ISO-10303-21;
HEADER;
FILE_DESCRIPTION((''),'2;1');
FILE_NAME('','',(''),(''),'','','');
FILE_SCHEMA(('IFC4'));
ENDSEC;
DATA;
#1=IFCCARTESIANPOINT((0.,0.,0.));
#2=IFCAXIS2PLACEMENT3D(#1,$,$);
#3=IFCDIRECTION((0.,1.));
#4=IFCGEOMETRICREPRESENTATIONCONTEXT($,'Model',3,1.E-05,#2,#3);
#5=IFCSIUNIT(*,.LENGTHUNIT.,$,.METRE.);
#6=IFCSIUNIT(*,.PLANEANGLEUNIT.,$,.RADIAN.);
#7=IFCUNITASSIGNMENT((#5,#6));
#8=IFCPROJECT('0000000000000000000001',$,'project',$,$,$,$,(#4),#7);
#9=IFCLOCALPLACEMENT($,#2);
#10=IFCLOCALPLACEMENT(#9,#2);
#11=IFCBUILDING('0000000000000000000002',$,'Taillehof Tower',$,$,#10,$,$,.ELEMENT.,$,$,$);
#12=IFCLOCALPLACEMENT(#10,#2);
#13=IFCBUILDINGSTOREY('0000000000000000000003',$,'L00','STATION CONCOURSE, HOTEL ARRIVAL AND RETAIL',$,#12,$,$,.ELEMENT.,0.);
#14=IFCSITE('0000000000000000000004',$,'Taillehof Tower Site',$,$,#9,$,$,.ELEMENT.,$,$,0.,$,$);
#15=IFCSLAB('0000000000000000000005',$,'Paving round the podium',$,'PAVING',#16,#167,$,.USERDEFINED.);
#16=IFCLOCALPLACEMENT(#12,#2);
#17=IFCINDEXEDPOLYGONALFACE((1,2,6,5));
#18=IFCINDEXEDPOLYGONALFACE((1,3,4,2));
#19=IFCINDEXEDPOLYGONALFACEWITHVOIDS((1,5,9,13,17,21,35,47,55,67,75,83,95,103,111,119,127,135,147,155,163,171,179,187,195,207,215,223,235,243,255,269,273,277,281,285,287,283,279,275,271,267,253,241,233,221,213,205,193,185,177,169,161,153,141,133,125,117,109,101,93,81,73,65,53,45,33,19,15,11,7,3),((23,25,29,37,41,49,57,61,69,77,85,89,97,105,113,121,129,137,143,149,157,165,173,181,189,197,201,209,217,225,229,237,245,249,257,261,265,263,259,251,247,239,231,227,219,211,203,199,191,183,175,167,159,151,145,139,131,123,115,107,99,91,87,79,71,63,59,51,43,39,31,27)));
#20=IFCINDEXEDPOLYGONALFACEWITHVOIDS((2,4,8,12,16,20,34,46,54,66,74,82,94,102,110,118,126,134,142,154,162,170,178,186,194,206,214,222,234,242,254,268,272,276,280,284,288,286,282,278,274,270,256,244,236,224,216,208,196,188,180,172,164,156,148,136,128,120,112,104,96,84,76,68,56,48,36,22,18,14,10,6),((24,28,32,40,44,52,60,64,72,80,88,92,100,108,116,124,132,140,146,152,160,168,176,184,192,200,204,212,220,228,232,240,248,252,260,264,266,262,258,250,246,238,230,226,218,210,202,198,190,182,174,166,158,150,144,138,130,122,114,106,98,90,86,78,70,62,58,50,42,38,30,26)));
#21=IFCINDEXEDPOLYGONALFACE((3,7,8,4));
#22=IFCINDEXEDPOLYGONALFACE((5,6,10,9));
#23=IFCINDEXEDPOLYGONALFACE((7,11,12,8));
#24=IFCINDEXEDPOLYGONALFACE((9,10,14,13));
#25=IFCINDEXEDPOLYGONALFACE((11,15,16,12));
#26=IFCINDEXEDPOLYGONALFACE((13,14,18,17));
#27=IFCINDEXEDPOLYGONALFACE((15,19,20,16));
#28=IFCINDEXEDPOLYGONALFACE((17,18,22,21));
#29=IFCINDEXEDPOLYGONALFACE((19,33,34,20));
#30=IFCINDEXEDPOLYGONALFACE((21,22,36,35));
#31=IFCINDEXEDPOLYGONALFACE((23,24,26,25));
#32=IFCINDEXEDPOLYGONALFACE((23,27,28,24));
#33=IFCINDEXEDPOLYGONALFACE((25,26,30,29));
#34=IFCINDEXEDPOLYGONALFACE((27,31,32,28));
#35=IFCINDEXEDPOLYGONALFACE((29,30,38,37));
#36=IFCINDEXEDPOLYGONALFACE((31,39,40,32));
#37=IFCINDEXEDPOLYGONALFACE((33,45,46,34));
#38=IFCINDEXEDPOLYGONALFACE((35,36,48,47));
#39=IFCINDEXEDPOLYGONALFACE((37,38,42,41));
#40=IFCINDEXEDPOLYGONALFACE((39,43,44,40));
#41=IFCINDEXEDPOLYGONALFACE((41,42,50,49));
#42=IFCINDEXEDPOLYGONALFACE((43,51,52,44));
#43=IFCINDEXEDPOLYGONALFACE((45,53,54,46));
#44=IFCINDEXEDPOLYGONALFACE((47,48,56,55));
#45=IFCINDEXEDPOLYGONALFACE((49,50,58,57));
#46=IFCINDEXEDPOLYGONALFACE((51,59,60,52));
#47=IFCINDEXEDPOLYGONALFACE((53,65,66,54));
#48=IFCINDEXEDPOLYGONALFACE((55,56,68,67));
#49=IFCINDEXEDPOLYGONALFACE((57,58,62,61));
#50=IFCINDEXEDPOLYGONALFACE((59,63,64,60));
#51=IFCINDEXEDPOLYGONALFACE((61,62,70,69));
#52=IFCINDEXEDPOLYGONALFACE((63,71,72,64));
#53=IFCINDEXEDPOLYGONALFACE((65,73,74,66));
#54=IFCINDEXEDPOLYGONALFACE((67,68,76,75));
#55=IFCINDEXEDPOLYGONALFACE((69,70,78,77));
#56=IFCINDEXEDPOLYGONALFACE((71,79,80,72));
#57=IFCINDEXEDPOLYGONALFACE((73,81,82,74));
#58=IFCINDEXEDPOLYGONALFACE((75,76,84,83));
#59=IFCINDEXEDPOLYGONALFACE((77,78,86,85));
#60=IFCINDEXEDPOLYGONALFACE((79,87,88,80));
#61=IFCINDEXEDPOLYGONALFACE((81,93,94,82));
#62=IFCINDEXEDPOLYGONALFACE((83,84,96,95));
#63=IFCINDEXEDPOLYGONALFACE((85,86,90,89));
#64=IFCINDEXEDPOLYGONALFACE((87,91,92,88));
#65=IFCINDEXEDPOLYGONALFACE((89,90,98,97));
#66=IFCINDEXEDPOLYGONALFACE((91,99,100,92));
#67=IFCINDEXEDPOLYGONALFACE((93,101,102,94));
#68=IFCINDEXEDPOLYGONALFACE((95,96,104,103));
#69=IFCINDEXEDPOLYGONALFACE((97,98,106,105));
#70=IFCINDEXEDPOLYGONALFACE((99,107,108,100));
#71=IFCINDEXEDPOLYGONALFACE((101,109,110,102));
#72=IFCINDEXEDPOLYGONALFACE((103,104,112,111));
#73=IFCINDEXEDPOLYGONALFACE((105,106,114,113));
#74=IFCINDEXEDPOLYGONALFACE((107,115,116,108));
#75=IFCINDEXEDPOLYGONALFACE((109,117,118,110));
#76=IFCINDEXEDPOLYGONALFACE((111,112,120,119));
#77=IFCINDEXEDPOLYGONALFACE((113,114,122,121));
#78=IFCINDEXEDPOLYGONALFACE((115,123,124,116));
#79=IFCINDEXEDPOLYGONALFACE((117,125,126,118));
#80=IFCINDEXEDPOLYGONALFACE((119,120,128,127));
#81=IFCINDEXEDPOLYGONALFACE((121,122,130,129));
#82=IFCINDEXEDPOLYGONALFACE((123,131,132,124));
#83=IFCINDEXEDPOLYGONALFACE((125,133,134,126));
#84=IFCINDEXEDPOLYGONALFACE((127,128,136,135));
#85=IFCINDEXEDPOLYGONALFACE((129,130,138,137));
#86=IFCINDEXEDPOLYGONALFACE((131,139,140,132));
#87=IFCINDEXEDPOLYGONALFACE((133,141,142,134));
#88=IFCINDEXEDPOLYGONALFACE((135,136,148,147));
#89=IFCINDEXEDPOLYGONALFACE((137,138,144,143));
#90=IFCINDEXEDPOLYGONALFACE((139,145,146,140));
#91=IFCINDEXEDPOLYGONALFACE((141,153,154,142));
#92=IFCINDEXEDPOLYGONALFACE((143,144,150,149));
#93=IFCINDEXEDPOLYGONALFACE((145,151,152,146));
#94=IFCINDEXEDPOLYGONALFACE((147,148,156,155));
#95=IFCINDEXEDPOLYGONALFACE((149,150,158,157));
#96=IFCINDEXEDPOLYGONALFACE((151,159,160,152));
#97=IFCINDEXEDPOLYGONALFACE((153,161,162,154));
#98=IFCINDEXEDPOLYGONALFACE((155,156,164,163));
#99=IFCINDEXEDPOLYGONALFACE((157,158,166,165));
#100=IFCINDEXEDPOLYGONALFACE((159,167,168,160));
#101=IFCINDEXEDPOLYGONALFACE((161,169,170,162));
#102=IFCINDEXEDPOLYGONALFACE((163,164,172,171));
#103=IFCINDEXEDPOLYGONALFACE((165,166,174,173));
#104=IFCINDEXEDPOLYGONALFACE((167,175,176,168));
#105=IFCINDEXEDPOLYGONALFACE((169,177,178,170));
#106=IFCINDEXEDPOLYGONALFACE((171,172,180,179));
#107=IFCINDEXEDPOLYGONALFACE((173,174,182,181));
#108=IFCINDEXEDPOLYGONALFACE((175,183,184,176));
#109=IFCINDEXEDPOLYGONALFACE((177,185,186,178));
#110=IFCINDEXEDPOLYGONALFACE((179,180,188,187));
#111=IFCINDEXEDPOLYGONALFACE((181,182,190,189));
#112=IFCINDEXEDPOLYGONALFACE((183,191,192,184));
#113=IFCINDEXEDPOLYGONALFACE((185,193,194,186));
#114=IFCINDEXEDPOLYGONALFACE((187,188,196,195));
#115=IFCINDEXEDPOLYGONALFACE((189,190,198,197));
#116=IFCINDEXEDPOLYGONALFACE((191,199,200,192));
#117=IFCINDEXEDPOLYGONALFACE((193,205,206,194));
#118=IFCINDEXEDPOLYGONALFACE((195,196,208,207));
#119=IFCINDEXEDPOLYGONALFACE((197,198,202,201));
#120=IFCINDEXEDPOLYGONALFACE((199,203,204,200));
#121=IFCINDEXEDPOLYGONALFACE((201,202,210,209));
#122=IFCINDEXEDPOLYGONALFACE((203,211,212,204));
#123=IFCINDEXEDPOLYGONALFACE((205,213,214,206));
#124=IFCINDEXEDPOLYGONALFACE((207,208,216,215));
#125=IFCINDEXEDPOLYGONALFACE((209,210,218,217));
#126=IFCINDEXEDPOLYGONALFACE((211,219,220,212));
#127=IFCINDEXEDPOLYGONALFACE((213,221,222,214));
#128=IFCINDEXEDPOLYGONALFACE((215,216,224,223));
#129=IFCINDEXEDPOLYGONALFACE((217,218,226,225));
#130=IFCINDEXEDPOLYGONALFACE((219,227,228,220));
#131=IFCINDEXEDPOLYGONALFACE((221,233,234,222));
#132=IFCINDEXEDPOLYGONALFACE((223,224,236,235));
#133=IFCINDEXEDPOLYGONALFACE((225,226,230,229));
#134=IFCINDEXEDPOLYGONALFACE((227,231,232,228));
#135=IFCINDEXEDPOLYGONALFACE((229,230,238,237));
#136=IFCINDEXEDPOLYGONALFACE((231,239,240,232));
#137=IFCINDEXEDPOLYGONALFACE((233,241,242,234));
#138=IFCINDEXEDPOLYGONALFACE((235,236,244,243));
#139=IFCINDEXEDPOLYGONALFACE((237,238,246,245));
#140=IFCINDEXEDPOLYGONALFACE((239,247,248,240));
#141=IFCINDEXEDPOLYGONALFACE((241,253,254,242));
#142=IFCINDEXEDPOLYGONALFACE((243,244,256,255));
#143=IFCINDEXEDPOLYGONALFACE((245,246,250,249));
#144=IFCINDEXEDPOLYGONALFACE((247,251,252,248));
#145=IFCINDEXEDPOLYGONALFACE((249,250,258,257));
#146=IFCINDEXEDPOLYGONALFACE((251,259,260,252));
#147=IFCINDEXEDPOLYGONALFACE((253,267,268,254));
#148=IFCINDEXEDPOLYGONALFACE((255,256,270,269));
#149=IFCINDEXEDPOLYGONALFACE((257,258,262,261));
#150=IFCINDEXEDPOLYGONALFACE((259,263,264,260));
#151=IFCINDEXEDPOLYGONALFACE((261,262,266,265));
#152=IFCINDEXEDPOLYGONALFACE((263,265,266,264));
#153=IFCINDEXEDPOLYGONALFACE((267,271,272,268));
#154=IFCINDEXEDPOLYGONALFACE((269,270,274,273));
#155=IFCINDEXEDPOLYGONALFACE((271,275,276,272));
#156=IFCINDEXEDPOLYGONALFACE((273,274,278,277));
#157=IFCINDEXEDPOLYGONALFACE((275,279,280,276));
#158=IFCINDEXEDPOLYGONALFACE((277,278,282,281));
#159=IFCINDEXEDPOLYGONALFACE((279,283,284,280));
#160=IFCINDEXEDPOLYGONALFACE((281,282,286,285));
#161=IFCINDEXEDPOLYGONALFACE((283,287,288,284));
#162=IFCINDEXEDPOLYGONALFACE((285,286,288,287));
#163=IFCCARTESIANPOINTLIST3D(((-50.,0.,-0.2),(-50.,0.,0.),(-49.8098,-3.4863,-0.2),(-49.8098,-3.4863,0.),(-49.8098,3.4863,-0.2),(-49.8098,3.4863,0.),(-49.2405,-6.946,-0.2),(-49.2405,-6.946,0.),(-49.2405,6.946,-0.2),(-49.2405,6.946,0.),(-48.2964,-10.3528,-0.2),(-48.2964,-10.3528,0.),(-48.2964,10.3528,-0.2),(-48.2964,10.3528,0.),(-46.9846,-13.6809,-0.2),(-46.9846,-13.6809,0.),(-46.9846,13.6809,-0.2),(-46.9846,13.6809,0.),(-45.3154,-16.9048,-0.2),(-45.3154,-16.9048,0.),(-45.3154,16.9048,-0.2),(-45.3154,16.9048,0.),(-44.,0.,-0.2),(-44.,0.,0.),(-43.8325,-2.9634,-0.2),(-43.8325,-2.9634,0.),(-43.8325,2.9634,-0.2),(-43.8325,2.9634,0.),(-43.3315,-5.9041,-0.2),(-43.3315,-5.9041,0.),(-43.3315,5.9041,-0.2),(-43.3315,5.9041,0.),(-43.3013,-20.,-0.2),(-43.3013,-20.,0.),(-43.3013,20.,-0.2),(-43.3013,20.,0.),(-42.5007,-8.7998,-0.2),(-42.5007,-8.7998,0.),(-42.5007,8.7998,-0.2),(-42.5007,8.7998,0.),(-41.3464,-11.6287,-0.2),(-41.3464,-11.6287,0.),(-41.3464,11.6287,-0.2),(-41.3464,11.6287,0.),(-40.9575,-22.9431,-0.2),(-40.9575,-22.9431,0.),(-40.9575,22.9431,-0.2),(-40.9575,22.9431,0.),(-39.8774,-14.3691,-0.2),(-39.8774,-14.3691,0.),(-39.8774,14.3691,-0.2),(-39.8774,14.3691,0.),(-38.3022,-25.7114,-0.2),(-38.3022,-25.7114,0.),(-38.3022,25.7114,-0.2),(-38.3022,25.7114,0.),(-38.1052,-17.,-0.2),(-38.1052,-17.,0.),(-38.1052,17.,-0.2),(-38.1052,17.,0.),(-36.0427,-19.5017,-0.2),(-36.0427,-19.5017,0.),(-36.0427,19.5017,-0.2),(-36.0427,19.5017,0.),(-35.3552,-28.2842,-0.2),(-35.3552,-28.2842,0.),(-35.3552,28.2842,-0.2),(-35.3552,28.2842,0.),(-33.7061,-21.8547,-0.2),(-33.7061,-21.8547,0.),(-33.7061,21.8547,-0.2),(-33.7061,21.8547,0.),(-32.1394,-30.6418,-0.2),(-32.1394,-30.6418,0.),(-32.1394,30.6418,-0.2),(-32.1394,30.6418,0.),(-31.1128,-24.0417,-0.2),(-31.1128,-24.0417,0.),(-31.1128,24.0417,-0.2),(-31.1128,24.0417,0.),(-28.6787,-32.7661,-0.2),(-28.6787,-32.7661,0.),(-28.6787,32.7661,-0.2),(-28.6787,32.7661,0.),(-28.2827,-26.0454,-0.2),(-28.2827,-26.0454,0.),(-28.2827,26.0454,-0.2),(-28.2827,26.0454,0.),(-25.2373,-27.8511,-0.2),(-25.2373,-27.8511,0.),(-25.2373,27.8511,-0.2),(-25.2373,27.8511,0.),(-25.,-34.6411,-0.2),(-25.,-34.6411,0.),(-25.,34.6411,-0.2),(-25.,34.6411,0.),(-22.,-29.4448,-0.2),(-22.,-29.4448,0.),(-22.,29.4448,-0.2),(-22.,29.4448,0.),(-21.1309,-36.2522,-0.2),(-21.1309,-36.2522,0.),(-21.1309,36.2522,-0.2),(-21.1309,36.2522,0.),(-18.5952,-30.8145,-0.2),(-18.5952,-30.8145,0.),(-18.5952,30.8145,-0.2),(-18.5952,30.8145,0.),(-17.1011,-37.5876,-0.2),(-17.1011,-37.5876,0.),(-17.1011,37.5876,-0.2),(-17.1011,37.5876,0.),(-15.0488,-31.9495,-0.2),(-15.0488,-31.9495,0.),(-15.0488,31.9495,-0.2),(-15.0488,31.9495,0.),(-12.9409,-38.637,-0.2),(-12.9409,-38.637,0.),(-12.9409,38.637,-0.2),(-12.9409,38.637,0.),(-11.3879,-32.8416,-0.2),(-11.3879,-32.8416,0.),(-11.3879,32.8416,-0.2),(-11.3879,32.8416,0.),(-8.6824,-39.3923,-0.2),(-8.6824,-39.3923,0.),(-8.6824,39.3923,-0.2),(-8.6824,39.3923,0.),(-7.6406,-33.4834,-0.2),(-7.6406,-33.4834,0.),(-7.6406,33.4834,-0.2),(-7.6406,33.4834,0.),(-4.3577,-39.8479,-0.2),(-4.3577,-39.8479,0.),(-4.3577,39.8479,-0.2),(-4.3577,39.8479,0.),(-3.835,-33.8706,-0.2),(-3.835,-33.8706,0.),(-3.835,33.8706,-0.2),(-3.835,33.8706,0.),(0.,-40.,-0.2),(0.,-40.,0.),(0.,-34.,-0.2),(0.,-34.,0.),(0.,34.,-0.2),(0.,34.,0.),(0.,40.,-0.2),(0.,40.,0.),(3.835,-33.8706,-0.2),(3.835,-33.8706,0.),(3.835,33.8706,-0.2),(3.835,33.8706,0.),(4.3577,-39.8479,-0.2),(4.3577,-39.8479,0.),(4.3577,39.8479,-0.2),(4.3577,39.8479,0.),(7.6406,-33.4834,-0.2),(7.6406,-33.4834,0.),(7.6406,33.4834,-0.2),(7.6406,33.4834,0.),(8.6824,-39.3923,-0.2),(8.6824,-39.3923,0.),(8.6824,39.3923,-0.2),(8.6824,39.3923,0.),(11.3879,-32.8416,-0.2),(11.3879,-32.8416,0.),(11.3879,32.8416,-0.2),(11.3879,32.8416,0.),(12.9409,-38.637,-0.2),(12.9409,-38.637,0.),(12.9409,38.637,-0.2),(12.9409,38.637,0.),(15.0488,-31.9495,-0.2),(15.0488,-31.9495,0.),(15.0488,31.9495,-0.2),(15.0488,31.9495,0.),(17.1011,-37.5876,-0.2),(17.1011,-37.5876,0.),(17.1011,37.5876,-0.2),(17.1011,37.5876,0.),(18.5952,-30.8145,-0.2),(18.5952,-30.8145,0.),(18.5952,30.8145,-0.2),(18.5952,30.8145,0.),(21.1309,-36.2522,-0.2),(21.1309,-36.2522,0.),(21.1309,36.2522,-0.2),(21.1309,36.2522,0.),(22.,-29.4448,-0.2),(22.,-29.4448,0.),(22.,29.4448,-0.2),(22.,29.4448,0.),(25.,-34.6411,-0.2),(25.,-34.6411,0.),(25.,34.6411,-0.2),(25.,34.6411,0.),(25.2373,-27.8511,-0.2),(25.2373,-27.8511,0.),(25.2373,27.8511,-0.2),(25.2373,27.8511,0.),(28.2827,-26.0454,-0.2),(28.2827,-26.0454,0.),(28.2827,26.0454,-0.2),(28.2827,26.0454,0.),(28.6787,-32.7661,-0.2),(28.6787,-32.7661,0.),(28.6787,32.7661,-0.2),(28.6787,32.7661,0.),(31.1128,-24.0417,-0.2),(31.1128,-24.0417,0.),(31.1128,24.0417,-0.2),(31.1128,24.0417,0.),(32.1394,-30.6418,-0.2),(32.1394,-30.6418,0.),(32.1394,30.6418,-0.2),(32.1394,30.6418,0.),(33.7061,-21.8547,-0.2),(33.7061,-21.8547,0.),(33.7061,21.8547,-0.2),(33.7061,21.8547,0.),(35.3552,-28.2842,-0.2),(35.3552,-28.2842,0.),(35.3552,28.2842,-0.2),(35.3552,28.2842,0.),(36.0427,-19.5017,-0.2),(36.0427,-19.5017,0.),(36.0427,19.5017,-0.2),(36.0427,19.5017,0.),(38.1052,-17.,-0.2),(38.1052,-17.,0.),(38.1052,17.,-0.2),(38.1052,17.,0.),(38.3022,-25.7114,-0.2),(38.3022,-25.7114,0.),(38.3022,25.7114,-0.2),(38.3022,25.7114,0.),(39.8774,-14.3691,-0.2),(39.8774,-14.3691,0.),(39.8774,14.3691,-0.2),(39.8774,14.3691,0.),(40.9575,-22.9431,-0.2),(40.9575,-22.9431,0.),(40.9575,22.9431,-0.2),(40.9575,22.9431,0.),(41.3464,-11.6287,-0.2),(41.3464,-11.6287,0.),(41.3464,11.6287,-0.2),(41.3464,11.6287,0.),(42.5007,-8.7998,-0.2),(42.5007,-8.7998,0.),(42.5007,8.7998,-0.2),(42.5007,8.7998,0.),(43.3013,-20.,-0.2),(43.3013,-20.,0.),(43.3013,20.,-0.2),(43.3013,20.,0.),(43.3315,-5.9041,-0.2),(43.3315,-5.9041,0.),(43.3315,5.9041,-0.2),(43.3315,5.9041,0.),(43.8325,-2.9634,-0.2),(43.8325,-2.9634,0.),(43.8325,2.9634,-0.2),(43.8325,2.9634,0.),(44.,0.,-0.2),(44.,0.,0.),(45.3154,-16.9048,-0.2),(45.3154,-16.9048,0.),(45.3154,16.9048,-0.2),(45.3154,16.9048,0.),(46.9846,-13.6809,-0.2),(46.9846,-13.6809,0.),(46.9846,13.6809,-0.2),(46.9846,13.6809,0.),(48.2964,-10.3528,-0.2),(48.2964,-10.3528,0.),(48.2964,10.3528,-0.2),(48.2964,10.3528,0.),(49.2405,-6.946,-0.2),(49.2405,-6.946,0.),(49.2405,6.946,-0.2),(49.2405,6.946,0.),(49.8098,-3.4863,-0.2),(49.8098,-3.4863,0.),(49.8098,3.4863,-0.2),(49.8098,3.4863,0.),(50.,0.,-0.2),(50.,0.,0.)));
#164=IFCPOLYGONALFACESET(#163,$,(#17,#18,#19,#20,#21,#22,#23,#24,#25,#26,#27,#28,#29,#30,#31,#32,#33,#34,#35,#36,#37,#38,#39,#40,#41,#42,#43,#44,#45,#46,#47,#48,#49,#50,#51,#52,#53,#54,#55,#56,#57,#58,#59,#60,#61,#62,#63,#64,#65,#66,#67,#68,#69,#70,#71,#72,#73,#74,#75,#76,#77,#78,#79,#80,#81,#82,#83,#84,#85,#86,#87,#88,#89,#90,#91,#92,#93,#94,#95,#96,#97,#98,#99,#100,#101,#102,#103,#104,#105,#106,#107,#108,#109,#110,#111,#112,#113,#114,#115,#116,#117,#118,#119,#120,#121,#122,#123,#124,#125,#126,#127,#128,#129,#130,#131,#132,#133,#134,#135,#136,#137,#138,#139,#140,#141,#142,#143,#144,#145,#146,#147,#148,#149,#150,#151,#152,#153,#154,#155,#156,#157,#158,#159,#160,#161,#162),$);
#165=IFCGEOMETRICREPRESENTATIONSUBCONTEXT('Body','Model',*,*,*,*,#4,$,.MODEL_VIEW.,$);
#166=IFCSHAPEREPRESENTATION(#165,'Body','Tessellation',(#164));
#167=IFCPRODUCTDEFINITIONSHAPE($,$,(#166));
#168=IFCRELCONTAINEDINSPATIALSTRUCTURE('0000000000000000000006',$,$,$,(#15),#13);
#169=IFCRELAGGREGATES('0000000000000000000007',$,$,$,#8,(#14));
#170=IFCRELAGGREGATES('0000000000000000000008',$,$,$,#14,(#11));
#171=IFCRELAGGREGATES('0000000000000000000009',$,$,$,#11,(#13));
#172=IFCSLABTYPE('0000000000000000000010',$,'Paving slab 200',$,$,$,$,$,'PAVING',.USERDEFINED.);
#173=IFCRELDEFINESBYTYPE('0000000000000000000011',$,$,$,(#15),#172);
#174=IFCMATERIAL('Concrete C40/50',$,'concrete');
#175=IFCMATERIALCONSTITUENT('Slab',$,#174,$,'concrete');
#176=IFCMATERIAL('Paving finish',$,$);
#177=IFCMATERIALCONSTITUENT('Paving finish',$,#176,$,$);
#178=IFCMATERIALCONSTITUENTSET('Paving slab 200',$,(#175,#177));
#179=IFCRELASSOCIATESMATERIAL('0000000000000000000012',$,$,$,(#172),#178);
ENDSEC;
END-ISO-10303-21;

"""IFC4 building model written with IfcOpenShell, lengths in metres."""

from ifc_helpers import new_model, si_unit, direction, frame, origin, place, context, subcontext, project, spatial, polyline, outline, extrude, material, constituent, constituent_set, type_object, element, save


model = new_model("IFC4")

# Units and contexts
model_context = context("Model", 3, precision=1e-05, world=origin(), true_north=direction((0.0, 1.0)))
body_context = subcontext(model_context, "Body", "Model", "MODEL_VIEW")
ifc_project = project(units=[si_unit("LENGTHUNIT", "METRE"), si_unit("PLANEANGLEUNIT", "RADIAN")], contexts=[model_context])

# Site, building, storey
site_placement = place(None, origin())
site = spatial("IfcSite", under=ifc_project, at=site_placement, Name="Taillehof Tower Site", CompositionType="ELEMENT", RefElevation=0.0)
building_placement = place(site_placement, origin())
building = spatial("IfcBuilding", under=site, at=building_placement, Name="Taillehof Tower", CompositionType="ELEMENT")
storey_placement = place(building_placement, origin())
storey = spatial("IfcBuildingStorey", under=building, at=storey_placement, Name="L00", Description="STATION CONCOURSE, HOTEL ARRIVAL AND RETAIL", CompositionType="ELEMENT", Elevation=0.0)

# Slab
ifc_material_1 = material(Name="Concrete C40/50", Category="concrete")
ifc_constituent_1 = constituent(ifc_material_1, Name="Slab", Category="concrete")
ifc_material_2 = material(Name="Paving finish")
ifc_constituent_2 = constituent(ifc_material_2, Name="Paving finish")
ifc_constituent_set_1 = constituent_set(constituents=[ifc_constituent_1, ifc_constituent_2], Name="Paving slab 200")
slab_type_1 = type_object("IfcSlabType", Name="Paving slab 200", ElementType="PAVING", PredefinedType="USERDEFINED", material=ifc_constituent_set_1)
slab_1_placement = place(storey_placement, frame((0.0, 0.0, -0.2)))
element("IfcSlab", 1, at=slab_1_placement, inside=storey, type_object=slab_type_1, Name="Paving round the podium", ObjectType="PAVING", PredefinedType="USERDEFINED", context=body_context, shape_type="SweptSolid", body=[
    extrude(outline(polyline([(50.0, 0.0), (49.8098, 3.4863), (49.2405, 6.946), (48.2964, 10.3528), (46.9846, 13.6809), (45.3154, 16.9048), (43.3013, 20.0), (40.9575, 22.9431), (38.3022, 25.7114), (35.3552, 28.2842), (32.1394, 30.6418), (28.6787, 32.7661), (25.0, 34.6411), (21.1309, 36.2522), (17.1011, 37.5876), (12.9409, 38.637), (8.6824, 39.3923), (4.3577, 39.8479), (0.0, 40.0), (-4.3577, 39.8479), (-8.6824, 39.3923), (-12.9409, 38.637), (-17.1011, 37.5876), (-21.1309, 36.2522), (-25.0, 34.6411), (-28.6787, 32.7661), (-32.1394, 30.6418), (-35.3552, 28.2842), (-38.3022, 25.7114), (-40.9575, 22.9431), (-43.3013, 20.0), (-45.3154, 16.9048), (-46.9846, 13.6809), (-48.2964, 10.3528), (-49.2405, 6.946), (-49.8098, 3.4863), (-50.0, 0.0), (-49.8098, -3.4863), (-49.2405, -6.946), (-48.2964, -10.3528), (-46.9846, -13.6809), (-45.3154, -16.9048), (-43.3013, -20.0), (-40.9575, -22.9431), (-38.3022, -25.7114), (-35.3552, -28.2842), (-32.1394, -30.6418), (-28.6787, -32.7661), (-25.0, -34.6411), (-21.1309, -36.2522), (-17.1011, -37.5876), (-12.9409, -38.637), (-8.6824, -39.3923), (-4.3577, -39.8479), (0.0, -40.0), (4.3577, -39.8479), (8.6824, -39.3923), (12.9409, -38.637), (17.1011, -37.5876), (21.1309, -36.2522), (25.0, -34.6411), (28.6787, -32.7661), (32.1394, -30.6418), (35.3552, -28.2842), (38.3022, -25.7114), (40.9575, -22.9431), (43.3013, -20.0), (45.3154, -16.9048), (46.9846, -13.6809), (48.2964, -10.3528), (49.2405, -6.946), (49.8098, -3.4863), (50.0, 0.0)]), holes=[polyline([(44.0, 0.0), (43.8325, 2.9634), (43.3315, 5.9041), (42.5007, 8.7998), (41.3464, 11.6287), (39.8774, 14.3691), (38.1052, 17.0), (36.0427, 19.5017), (33.7061, 21.8547), (31.1128, 24.0417), (28.2827, 26.0454), (25.2373, 27.8511), (22.0, 29.4448), (18.5952, 30.8145), (15.0488, 31.9495), (11.3879, 32.8416), (7.6406, 33.4834), (3.835, 33.8706), (0.0, 34.0), (-3.835, 33.8706), (-7.6406, 33.4834), (-11.3879, 32.8416), (-15.0488, 31.9495), (-18.5952, 30.8145), (-22.0, 29.4448), (-25.2373, 27.8511), (-28.2827, 26.0454), (-31.1128, 24.0417), (-33.7061, 21.8547), (-36.0427, 19.5017), (-38.1052, 17.0), (-39.8774, 14.3691), (-41.3464, 11.6287), (-42.5007, 8.7998), (-43.3315, 5.9041), (-43.8325, 2.9634), (-44.0, 0.0), (-43.8325, -2.9634), (-43.3315, -5.9041), (-42.5007, -8.7998), (-41.3464, -11.6287), (-39.8774, -14.3691), (-38.1052, -17.0), (-36.0427, -19.5017), (-33.7061, -21.8547), (-31.1128, -24.0417), (-28.2827, -26.0454), (-25.2373, -27.8511), (-22.0, -29.4448), (-18.5952, -30.8145), (-15.0488, -31.9495), (-11.3879, -32.8416), (-7.6406, -33.4834), (-3.835, -33.8706), (0.0, -34.0), (3.835, -33.8706), (7.6406, -33.4834), (11.3879, -32.8416), (15.0488, -31.9495), (18.5952, -30.8145), (22.0, -29.4448), (25.2373, -27.8511), (28.2827, -26.0454), (31.1128, -24.0417), (33.7061, -21.8547), (36.0427, -19.5017), (38.1052, -17.0), (39.8774, -14.3691), (41.3464, -11.6287), (42.5007, -8.7998), (43.3315, -5.9041), (43.8325, -2.9634), (44.0, 0.0)])]), origin(), (0.0, 0.0, 1.0), 0.2),
])

save(model, "model.ifc")
